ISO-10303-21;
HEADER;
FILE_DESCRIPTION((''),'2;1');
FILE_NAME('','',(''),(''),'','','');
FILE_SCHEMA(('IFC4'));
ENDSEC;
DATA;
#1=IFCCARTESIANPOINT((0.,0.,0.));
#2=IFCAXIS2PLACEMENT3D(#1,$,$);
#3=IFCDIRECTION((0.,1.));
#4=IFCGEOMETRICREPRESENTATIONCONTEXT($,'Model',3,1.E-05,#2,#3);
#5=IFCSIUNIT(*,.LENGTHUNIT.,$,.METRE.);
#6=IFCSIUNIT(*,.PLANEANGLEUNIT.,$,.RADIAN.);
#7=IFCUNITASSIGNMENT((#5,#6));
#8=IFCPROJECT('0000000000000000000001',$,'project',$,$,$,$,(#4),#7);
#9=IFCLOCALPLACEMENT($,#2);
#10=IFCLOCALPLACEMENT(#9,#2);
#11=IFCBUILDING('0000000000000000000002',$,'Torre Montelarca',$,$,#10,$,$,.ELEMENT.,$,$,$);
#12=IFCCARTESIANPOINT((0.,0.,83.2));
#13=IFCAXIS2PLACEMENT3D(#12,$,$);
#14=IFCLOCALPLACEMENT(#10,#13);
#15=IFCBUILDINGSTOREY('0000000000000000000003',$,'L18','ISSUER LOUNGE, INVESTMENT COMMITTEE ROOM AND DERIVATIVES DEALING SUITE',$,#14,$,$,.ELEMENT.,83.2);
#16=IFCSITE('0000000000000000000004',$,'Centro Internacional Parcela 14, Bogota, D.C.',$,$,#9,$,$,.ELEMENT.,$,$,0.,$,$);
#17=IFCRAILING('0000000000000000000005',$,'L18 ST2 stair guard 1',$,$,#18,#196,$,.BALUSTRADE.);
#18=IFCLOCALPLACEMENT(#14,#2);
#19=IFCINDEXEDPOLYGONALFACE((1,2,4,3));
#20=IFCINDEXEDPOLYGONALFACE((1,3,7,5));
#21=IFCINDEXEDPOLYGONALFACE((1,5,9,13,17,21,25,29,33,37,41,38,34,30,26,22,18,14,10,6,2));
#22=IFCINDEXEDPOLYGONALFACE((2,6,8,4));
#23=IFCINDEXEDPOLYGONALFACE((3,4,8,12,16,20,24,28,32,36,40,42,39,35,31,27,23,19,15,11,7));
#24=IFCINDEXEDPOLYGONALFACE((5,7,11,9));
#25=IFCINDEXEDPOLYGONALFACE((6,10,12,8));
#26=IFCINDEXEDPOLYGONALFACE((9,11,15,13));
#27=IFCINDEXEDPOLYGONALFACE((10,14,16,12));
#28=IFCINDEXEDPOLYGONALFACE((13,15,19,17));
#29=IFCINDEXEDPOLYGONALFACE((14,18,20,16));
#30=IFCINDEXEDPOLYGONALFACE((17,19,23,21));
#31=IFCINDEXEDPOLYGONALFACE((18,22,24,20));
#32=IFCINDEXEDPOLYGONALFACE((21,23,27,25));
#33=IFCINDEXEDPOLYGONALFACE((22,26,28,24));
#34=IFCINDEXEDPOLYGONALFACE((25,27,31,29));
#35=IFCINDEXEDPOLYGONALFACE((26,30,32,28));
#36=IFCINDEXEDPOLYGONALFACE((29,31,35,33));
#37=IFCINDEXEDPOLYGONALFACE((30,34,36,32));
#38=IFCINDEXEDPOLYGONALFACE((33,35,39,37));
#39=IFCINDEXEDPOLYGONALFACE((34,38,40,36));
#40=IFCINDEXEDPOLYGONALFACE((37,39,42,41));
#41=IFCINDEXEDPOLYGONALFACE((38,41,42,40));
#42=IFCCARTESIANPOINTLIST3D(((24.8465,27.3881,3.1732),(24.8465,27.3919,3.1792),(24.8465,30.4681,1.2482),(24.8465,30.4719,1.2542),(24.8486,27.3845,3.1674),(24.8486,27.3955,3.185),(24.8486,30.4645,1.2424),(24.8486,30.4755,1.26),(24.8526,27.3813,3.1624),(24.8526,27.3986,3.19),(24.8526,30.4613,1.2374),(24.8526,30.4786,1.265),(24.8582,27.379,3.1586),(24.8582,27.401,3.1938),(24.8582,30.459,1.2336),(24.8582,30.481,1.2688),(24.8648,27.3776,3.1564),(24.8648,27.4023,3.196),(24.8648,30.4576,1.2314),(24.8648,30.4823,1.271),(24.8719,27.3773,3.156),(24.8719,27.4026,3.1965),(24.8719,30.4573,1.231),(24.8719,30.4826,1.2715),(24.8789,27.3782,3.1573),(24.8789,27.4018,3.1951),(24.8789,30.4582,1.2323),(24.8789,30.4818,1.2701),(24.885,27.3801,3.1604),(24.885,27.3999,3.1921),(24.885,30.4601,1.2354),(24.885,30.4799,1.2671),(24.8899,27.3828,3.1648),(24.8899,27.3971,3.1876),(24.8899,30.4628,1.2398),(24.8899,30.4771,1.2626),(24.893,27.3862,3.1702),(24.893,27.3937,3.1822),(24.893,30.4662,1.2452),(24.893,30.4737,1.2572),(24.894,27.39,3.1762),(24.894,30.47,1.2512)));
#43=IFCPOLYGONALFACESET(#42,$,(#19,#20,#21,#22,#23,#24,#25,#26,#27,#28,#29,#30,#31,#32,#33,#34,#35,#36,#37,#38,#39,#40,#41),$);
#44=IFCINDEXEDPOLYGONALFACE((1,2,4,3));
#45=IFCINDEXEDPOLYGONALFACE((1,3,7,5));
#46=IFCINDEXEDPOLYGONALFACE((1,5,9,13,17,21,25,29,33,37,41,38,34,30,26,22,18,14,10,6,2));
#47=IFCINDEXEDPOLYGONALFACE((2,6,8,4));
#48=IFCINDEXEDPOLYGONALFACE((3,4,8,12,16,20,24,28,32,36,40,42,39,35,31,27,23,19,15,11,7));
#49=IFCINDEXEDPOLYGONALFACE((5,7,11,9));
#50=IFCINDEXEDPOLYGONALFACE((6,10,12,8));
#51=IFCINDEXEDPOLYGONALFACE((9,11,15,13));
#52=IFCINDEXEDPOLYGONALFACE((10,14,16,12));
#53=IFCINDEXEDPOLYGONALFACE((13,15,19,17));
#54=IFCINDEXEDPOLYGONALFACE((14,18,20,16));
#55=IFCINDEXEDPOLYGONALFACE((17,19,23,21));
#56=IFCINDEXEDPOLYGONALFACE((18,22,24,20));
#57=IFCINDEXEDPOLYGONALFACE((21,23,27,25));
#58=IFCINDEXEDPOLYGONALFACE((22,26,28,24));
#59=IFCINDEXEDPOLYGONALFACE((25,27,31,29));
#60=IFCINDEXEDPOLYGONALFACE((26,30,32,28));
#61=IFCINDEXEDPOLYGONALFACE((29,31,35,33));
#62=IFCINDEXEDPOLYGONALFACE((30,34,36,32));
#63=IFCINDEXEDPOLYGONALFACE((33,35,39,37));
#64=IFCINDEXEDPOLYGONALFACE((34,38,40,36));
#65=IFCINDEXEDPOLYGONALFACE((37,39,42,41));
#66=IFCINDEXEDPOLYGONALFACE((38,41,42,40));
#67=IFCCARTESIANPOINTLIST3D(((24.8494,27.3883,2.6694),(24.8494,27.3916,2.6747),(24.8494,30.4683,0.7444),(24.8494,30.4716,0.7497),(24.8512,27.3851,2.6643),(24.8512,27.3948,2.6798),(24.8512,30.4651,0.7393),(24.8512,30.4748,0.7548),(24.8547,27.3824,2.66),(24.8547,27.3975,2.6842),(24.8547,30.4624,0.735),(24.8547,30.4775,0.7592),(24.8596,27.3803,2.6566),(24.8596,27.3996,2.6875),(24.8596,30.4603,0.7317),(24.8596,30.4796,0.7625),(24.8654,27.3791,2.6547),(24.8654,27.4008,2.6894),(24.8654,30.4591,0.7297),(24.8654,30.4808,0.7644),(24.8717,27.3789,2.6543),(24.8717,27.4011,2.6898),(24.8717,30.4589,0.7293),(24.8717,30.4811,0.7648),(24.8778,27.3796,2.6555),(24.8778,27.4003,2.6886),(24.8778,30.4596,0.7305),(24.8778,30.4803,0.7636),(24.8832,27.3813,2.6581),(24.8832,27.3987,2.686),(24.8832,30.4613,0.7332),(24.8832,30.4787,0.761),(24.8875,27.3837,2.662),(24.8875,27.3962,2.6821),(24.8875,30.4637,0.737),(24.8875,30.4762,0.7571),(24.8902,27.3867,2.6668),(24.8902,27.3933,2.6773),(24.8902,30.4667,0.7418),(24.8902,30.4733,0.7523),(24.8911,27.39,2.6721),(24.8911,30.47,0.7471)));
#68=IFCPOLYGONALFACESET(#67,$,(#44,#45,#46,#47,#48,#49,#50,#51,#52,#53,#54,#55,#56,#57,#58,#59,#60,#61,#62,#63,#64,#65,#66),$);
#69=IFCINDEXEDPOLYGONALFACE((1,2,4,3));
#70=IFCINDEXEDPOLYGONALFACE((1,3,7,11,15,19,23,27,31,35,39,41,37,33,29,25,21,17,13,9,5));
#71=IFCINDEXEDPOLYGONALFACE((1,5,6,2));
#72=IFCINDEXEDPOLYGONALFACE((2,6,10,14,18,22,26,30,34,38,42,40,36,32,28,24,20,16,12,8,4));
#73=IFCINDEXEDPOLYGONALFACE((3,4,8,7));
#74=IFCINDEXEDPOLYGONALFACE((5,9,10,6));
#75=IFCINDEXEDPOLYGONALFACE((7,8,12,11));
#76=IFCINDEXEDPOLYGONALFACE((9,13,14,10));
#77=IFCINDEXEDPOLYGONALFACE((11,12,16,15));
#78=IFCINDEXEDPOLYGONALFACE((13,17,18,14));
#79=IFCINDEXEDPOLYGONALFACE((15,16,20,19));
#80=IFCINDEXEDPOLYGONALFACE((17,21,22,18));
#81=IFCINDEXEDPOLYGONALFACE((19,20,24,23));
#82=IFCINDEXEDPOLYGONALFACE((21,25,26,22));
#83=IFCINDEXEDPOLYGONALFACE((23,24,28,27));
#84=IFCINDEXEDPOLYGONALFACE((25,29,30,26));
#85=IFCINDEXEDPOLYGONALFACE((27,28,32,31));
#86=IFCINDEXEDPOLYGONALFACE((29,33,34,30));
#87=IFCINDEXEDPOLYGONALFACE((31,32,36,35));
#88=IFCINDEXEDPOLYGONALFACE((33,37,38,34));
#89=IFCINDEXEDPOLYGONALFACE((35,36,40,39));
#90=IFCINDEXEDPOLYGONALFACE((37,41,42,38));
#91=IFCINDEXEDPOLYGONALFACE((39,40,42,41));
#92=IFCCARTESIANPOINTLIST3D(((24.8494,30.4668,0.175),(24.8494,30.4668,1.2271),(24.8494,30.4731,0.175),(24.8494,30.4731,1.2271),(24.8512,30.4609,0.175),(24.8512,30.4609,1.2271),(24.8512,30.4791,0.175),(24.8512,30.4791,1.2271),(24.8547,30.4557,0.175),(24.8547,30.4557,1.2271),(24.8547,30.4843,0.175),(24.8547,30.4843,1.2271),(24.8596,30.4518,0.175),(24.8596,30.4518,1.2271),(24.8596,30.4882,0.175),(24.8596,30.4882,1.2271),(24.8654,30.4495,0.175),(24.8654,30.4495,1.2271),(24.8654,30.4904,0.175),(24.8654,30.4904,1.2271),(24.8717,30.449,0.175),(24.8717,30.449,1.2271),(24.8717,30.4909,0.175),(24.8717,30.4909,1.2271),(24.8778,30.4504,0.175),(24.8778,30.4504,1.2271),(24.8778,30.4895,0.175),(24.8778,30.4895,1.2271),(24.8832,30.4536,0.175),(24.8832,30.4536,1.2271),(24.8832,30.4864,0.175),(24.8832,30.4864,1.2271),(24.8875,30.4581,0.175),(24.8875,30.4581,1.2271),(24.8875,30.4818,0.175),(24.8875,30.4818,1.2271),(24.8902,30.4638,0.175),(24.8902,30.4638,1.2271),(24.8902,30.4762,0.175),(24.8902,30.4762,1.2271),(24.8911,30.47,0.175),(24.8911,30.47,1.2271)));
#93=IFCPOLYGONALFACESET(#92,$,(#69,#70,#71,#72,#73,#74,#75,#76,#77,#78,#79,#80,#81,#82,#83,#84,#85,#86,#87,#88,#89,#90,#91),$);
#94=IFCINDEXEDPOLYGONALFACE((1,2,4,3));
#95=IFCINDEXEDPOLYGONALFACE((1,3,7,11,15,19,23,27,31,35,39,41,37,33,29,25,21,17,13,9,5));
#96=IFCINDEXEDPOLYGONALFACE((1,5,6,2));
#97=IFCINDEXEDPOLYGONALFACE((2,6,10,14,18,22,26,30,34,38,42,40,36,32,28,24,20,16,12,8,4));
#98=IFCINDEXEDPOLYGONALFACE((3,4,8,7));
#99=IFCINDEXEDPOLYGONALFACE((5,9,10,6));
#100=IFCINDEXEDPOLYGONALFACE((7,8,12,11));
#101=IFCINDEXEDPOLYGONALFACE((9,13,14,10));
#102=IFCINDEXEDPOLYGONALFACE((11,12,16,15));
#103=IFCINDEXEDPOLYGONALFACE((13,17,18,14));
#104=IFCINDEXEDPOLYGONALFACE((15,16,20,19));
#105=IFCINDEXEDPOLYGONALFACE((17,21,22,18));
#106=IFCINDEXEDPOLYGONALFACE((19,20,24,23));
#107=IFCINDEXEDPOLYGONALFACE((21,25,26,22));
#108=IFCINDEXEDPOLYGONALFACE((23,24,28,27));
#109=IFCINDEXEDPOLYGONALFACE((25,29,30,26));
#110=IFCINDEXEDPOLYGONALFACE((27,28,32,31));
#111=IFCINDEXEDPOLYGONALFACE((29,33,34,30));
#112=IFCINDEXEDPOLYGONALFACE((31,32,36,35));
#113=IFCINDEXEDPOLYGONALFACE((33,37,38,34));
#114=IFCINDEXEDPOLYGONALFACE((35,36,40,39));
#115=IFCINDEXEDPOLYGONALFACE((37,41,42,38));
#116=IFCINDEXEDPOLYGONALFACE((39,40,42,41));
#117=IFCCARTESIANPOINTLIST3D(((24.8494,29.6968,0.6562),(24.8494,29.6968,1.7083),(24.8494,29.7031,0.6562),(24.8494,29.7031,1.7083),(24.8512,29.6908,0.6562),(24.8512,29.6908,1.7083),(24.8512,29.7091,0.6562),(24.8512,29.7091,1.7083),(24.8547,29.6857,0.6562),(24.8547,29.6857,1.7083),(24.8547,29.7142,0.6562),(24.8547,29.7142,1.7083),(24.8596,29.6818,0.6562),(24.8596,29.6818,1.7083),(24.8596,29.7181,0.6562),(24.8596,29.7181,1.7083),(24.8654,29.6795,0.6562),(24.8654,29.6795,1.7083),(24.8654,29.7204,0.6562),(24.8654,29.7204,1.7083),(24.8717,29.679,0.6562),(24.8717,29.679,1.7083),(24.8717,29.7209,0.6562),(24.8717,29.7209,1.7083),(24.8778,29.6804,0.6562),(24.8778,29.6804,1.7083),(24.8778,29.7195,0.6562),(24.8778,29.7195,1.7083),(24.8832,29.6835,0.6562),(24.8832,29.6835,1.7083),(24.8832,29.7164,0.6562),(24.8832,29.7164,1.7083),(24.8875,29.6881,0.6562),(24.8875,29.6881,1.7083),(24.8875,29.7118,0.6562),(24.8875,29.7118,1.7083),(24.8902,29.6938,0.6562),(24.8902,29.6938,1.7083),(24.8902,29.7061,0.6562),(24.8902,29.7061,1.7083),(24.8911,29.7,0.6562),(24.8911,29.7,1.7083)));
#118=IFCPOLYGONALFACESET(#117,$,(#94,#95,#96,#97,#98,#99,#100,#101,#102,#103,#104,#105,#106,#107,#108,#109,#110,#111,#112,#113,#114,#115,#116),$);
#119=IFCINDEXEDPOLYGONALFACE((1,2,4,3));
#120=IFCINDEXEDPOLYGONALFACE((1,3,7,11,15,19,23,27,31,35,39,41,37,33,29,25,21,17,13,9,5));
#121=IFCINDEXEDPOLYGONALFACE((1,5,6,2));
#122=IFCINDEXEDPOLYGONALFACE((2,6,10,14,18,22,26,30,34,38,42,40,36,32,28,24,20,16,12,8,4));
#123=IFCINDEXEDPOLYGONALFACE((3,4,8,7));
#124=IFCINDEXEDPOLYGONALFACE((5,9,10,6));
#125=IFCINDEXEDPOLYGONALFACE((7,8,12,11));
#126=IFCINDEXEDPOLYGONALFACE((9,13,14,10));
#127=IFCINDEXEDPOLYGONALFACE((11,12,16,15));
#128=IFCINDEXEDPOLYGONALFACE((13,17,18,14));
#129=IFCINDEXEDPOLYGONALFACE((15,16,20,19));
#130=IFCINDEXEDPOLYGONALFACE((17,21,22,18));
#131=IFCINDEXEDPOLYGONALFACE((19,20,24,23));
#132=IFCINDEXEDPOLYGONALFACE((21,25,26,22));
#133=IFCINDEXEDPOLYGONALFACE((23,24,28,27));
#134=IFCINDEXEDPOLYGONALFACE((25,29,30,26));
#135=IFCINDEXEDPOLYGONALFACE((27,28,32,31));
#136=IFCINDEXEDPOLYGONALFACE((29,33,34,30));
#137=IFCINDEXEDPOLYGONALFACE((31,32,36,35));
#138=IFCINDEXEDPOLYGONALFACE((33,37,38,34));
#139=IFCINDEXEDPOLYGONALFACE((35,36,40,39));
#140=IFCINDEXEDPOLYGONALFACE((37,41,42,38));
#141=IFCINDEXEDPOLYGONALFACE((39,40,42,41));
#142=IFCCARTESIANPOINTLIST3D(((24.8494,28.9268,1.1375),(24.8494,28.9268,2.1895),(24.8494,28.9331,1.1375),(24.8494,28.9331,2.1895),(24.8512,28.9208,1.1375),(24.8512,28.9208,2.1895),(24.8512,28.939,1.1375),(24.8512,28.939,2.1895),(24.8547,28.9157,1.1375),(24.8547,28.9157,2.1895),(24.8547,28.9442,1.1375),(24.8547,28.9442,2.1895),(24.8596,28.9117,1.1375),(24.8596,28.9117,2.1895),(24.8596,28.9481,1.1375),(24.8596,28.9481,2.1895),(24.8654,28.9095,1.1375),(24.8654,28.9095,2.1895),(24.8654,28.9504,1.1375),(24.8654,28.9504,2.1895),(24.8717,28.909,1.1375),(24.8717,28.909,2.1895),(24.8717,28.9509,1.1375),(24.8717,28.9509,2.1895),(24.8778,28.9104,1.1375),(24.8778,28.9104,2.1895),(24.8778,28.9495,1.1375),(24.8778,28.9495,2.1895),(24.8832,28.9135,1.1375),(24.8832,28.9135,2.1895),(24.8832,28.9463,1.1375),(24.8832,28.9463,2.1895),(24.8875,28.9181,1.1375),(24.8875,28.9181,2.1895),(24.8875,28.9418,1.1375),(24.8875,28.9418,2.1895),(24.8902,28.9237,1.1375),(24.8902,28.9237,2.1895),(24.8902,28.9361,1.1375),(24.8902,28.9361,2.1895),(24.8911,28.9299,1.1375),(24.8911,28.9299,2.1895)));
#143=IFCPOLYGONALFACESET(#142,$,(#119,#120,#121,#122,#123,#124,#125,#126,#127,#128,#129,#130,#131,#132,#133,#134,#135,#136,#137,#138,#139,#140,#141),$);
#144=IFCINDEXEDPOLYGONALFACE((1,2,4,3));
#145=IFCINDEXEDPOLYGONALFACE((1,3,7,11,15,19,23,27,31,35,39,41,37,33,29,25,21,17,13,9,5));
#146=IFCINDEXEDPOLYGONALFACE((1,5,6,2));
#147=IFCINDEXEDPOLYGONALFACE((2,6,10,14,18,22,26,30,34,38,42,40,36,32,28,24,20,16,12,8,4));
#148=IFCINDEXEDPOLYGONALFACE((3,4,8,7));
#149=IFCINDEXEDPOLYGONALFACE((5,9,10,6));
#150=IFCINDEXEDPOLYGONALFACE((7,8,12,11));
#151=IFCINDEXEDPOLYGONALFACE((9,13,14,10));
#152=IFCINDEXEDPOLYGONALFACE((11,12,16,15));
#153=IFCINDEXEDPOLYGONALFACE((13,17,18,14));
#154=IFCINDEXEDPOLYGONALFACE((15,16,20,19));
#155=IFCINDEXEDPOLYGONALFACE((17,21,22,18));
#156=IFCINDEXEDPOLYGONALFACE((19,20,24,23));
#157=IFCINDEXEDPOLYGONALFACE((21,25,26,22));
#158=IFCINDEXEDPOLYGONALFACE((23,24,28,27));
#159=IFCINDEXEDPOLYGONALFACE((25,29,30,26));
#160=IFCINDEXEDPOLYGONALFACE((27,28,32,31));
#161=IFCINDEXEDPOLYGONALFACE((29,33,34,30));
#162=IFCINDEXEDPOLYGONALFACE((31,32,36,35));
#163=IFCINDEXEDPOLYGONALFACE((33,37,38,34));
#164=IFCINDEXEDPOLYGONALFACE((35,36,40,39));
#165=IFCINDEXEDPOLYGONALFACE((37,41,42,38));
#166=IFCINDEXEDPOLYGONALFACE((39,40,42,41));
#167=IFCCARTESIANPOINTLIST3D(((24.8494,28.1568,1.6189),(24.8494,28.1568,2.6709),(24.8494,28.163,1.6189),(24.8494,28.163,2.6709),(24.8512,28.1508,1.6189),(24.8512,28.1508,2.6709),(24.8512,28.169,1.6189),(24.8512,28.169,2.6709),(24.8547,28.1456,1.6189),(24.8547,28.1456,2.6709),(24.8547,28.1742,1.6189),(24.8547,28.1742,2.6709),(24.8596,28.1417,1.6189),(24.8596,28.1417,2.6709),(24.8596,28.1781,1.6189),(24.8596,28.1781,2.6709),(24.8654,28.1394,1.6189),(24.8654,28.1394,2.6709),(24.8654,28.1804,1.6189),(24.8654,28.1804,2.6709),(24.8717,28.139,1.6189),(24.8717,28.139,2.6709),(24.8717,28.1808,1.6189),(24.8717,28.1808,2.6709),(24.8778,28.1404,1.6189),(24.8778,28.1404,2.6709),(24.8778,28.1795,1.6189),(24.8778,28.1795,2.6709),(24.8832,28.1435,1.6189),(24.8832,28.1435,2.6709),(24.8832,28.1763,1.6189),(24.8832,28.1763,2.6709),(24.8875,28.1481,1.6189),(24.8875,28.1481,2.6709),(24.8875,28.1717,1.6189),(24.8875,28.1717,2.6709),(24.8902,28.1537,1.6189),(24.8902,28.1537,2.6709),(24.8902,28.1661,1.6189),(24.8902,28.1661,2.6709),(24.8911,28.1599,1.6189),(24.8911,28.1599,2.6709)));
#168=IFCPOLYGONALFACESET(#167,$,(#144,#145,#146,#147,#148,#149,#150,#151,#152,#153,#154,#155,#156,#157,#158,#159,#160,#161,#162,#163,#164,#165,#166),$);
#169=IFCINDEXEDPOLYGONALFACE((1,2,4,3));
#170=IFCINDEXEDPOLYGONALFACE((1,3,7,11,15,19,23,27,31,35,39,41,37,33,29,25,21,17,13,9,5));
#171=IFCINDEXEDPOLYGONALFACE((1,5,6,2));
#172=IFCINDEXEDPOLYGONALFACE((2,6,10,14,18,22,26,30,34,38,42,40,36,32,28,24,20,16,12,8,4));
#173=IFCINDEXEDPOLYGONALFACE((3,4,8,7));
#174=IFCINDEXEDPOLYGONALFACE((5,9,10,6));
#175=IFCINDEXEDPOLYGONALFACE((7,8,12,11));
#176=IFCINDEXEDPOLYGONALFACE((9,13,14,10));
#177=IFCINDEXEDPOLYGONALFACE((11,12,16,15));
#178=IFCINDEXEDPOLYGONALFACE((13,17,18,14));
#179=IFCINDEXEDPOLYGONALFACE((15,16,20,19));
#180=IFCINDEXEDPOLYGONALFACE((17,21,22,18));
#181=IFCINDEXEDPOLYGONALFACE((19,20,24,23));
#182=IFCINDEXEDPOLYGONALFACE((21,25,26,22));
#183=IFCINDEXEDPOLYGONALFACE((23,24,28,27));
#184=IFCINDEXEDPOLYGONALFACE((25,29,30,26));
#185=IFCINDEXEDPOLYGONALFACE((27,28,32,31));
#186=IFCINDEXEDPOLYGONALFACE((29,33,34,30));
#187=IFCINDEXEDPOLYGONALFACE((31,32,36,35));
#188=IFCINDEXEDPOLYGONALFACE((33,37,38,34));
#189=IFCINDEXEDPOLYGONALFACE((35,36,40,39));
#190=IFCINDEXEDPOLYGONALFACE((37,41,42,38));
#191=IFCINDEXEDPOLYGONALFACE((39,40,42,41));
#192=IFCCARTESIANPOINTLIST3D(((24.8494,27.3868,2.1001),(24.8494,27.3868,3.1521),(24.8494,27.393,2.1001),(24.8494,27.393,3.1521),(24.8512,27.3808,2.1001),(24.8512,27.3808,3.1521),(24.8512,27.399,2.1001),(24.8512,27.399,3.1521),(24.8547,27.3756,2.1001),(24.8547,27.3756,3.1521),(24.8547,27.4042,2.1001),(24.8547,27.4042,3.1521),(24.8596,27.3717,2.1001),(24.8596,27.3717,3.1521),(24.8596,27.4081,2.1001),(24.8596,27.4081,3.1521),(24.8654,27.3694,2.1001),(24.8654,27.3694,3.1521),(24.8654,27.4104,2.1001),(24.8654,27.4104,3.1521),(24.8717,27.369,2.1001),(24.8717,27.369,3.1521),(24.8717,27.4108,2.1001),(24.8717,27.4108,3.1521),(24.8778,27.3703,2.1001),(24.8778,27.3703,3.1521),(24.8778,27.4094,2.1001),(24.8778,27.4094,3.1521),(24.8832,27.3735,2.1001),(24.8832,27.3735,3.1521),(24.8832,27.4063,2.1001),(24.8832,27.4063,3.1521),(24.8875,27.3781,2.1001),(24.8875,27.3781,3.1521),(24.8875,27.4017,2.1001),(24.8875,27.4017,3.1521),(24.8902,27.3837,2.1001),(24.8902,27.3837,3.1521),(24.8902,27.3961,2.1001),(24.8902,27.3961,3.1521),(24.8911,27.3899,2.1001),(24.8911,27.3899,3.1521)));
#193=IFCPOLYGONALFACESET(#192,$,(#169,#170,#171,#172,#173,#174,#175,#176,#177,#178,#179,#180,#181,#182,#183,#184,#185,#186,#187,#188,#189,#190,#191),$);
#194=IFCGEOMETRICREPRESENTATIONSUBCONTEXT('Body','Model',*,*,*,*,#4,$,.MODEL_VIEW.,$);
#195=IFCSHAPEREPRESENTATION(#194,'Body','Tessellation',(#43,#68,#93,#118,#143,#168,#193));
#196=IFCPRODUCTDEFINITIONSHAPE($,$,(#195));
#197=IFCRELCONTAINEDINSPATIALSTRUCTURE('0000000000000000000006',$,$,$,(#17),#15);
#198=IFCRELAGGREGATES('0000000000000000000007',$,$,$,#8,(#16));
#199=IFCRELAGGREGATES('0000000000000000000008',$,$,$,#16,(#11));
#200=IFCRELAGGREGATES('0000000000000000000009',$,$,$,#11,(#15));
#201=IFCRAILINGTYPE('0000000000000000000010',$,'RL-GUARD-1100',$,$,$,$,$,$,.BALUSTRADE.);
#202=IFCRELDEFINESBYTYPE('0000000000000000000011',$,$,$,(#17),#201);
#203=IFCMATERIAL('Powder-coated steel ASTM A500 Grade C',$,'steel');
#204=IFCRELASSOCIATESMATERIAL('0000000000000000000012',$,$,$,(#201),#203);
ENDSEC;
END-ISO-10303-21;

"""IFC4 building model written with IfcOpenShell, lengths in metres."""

from ifc_helpers import new_model, si_unit, direction, frame, origin, origin_2d, place, context, subcontext, project, spatial, circle, extrude, material, type_object, element, save


model = new_model("IFC4")

# Units and contexts
model_context = context("Model", 3, precision=1e-05, world=origin(), true_north=direction((0.0, 1.0)))
body_context = subcontext(model_context, "Body", "Model", "MODEL_VIEW")
ifc_project = project(units=[si_unit("LENGTHUNIT", "METRE"), si_unit("PLANEANGLEUNIT", "RADIAN")], contexts=[model_context])

# Site, building, storey
site_placement = place(None, origin())
site = spatial("IfcSite", under=ifc_project, at=site_placement, Name="Centro Internacional Parcela 14, Bogota, D.C.", CompositionType="ELEMENT", RefElevation=0.0)
building_placement = place(site_placement, origin())
building = spatial("IfcBuilding", under=site, at=building_placement, Name="Torre Montelarca", CompositionType="ELEMENT")
storey_placement = place(building_placement, frame((0.0, 0.0, 83.2)))
storey = spatial("IfcBuildingStorey", under=building, at=storey_placement, Name="L18", Description="ISSUER LOUNGE, INVESTMENT COMMITTEE ROOM AND DERIVATIVES DEALING SUITE", CompositionType="ELEMENT", Elevation=83.2)

# Railing
ifc_material_1 = material(Name="Powder-coated steel ASTM A500 Grade C", Category="steel")
railing_type_1 = type_object("IfcRailingType", Name="RL-GUARD-1100", PredefinedType="BALUSTRADE", material=ifc_material_1)
railing_1_placement = place(storey_placement, frame((24.8701, 30.47, 0.175)))
element("IfcRailing", 1, at=railing_1_placement, inside=storey, type_object=railing_type_1, Name="L18 ST2 stair guard 1", PredefinedType="BALUSTRADE", context=body_context, shape_type="SweptSolid", body=[
    extrude(circle(Radius=0.0239, at=origin_2d()), frame((0.0, 0.0, 1.0762), z_axis=(0.0, -0.847998, 0.529999), x_axis=(1.0, 0.0, 0.0)), (0.0, 0.0, 1.0), 3.6321),
    extrude(circle(Radius=0.021, at=origin_2d()), frame((0.0, 0.0, 0.572), z_axis=(0.0, -0.847998, 0.529999), x_axis=(1.0, 0.0, 0.0)), (0.0, 0.0, 1.0), 3.6321),
    extrude(circle(Radius=0.021, at=origin_2d()), origin(), (0.0, 0.0, 1.0), 1.052),
    extrude(circle(Radius=0.021, at=origin_2d()), frame((0.0, -0.77, 0.4812)), (0.0, 0.0, 1.0), 1.052),
    extrude(circle(Radius=0.021, at=origin_2d()), frame((0.0, -1.54, 0.9624)), (0.0, 0.0, 1.0), 1.052),
    extrude(circle(Radius=0.021, at=origin_2d()), frame((0.0, -2.3101, 1.4438)), (0.0, 0.0, 1.0), 1.052),
    extrude(circle(Radius=0.021, at=origin_2d()), frame((0.0, -3.0801, 1.925)), (0.0, 0.0, 1.0), 1.052),
])

save(model, "model.ifc")
